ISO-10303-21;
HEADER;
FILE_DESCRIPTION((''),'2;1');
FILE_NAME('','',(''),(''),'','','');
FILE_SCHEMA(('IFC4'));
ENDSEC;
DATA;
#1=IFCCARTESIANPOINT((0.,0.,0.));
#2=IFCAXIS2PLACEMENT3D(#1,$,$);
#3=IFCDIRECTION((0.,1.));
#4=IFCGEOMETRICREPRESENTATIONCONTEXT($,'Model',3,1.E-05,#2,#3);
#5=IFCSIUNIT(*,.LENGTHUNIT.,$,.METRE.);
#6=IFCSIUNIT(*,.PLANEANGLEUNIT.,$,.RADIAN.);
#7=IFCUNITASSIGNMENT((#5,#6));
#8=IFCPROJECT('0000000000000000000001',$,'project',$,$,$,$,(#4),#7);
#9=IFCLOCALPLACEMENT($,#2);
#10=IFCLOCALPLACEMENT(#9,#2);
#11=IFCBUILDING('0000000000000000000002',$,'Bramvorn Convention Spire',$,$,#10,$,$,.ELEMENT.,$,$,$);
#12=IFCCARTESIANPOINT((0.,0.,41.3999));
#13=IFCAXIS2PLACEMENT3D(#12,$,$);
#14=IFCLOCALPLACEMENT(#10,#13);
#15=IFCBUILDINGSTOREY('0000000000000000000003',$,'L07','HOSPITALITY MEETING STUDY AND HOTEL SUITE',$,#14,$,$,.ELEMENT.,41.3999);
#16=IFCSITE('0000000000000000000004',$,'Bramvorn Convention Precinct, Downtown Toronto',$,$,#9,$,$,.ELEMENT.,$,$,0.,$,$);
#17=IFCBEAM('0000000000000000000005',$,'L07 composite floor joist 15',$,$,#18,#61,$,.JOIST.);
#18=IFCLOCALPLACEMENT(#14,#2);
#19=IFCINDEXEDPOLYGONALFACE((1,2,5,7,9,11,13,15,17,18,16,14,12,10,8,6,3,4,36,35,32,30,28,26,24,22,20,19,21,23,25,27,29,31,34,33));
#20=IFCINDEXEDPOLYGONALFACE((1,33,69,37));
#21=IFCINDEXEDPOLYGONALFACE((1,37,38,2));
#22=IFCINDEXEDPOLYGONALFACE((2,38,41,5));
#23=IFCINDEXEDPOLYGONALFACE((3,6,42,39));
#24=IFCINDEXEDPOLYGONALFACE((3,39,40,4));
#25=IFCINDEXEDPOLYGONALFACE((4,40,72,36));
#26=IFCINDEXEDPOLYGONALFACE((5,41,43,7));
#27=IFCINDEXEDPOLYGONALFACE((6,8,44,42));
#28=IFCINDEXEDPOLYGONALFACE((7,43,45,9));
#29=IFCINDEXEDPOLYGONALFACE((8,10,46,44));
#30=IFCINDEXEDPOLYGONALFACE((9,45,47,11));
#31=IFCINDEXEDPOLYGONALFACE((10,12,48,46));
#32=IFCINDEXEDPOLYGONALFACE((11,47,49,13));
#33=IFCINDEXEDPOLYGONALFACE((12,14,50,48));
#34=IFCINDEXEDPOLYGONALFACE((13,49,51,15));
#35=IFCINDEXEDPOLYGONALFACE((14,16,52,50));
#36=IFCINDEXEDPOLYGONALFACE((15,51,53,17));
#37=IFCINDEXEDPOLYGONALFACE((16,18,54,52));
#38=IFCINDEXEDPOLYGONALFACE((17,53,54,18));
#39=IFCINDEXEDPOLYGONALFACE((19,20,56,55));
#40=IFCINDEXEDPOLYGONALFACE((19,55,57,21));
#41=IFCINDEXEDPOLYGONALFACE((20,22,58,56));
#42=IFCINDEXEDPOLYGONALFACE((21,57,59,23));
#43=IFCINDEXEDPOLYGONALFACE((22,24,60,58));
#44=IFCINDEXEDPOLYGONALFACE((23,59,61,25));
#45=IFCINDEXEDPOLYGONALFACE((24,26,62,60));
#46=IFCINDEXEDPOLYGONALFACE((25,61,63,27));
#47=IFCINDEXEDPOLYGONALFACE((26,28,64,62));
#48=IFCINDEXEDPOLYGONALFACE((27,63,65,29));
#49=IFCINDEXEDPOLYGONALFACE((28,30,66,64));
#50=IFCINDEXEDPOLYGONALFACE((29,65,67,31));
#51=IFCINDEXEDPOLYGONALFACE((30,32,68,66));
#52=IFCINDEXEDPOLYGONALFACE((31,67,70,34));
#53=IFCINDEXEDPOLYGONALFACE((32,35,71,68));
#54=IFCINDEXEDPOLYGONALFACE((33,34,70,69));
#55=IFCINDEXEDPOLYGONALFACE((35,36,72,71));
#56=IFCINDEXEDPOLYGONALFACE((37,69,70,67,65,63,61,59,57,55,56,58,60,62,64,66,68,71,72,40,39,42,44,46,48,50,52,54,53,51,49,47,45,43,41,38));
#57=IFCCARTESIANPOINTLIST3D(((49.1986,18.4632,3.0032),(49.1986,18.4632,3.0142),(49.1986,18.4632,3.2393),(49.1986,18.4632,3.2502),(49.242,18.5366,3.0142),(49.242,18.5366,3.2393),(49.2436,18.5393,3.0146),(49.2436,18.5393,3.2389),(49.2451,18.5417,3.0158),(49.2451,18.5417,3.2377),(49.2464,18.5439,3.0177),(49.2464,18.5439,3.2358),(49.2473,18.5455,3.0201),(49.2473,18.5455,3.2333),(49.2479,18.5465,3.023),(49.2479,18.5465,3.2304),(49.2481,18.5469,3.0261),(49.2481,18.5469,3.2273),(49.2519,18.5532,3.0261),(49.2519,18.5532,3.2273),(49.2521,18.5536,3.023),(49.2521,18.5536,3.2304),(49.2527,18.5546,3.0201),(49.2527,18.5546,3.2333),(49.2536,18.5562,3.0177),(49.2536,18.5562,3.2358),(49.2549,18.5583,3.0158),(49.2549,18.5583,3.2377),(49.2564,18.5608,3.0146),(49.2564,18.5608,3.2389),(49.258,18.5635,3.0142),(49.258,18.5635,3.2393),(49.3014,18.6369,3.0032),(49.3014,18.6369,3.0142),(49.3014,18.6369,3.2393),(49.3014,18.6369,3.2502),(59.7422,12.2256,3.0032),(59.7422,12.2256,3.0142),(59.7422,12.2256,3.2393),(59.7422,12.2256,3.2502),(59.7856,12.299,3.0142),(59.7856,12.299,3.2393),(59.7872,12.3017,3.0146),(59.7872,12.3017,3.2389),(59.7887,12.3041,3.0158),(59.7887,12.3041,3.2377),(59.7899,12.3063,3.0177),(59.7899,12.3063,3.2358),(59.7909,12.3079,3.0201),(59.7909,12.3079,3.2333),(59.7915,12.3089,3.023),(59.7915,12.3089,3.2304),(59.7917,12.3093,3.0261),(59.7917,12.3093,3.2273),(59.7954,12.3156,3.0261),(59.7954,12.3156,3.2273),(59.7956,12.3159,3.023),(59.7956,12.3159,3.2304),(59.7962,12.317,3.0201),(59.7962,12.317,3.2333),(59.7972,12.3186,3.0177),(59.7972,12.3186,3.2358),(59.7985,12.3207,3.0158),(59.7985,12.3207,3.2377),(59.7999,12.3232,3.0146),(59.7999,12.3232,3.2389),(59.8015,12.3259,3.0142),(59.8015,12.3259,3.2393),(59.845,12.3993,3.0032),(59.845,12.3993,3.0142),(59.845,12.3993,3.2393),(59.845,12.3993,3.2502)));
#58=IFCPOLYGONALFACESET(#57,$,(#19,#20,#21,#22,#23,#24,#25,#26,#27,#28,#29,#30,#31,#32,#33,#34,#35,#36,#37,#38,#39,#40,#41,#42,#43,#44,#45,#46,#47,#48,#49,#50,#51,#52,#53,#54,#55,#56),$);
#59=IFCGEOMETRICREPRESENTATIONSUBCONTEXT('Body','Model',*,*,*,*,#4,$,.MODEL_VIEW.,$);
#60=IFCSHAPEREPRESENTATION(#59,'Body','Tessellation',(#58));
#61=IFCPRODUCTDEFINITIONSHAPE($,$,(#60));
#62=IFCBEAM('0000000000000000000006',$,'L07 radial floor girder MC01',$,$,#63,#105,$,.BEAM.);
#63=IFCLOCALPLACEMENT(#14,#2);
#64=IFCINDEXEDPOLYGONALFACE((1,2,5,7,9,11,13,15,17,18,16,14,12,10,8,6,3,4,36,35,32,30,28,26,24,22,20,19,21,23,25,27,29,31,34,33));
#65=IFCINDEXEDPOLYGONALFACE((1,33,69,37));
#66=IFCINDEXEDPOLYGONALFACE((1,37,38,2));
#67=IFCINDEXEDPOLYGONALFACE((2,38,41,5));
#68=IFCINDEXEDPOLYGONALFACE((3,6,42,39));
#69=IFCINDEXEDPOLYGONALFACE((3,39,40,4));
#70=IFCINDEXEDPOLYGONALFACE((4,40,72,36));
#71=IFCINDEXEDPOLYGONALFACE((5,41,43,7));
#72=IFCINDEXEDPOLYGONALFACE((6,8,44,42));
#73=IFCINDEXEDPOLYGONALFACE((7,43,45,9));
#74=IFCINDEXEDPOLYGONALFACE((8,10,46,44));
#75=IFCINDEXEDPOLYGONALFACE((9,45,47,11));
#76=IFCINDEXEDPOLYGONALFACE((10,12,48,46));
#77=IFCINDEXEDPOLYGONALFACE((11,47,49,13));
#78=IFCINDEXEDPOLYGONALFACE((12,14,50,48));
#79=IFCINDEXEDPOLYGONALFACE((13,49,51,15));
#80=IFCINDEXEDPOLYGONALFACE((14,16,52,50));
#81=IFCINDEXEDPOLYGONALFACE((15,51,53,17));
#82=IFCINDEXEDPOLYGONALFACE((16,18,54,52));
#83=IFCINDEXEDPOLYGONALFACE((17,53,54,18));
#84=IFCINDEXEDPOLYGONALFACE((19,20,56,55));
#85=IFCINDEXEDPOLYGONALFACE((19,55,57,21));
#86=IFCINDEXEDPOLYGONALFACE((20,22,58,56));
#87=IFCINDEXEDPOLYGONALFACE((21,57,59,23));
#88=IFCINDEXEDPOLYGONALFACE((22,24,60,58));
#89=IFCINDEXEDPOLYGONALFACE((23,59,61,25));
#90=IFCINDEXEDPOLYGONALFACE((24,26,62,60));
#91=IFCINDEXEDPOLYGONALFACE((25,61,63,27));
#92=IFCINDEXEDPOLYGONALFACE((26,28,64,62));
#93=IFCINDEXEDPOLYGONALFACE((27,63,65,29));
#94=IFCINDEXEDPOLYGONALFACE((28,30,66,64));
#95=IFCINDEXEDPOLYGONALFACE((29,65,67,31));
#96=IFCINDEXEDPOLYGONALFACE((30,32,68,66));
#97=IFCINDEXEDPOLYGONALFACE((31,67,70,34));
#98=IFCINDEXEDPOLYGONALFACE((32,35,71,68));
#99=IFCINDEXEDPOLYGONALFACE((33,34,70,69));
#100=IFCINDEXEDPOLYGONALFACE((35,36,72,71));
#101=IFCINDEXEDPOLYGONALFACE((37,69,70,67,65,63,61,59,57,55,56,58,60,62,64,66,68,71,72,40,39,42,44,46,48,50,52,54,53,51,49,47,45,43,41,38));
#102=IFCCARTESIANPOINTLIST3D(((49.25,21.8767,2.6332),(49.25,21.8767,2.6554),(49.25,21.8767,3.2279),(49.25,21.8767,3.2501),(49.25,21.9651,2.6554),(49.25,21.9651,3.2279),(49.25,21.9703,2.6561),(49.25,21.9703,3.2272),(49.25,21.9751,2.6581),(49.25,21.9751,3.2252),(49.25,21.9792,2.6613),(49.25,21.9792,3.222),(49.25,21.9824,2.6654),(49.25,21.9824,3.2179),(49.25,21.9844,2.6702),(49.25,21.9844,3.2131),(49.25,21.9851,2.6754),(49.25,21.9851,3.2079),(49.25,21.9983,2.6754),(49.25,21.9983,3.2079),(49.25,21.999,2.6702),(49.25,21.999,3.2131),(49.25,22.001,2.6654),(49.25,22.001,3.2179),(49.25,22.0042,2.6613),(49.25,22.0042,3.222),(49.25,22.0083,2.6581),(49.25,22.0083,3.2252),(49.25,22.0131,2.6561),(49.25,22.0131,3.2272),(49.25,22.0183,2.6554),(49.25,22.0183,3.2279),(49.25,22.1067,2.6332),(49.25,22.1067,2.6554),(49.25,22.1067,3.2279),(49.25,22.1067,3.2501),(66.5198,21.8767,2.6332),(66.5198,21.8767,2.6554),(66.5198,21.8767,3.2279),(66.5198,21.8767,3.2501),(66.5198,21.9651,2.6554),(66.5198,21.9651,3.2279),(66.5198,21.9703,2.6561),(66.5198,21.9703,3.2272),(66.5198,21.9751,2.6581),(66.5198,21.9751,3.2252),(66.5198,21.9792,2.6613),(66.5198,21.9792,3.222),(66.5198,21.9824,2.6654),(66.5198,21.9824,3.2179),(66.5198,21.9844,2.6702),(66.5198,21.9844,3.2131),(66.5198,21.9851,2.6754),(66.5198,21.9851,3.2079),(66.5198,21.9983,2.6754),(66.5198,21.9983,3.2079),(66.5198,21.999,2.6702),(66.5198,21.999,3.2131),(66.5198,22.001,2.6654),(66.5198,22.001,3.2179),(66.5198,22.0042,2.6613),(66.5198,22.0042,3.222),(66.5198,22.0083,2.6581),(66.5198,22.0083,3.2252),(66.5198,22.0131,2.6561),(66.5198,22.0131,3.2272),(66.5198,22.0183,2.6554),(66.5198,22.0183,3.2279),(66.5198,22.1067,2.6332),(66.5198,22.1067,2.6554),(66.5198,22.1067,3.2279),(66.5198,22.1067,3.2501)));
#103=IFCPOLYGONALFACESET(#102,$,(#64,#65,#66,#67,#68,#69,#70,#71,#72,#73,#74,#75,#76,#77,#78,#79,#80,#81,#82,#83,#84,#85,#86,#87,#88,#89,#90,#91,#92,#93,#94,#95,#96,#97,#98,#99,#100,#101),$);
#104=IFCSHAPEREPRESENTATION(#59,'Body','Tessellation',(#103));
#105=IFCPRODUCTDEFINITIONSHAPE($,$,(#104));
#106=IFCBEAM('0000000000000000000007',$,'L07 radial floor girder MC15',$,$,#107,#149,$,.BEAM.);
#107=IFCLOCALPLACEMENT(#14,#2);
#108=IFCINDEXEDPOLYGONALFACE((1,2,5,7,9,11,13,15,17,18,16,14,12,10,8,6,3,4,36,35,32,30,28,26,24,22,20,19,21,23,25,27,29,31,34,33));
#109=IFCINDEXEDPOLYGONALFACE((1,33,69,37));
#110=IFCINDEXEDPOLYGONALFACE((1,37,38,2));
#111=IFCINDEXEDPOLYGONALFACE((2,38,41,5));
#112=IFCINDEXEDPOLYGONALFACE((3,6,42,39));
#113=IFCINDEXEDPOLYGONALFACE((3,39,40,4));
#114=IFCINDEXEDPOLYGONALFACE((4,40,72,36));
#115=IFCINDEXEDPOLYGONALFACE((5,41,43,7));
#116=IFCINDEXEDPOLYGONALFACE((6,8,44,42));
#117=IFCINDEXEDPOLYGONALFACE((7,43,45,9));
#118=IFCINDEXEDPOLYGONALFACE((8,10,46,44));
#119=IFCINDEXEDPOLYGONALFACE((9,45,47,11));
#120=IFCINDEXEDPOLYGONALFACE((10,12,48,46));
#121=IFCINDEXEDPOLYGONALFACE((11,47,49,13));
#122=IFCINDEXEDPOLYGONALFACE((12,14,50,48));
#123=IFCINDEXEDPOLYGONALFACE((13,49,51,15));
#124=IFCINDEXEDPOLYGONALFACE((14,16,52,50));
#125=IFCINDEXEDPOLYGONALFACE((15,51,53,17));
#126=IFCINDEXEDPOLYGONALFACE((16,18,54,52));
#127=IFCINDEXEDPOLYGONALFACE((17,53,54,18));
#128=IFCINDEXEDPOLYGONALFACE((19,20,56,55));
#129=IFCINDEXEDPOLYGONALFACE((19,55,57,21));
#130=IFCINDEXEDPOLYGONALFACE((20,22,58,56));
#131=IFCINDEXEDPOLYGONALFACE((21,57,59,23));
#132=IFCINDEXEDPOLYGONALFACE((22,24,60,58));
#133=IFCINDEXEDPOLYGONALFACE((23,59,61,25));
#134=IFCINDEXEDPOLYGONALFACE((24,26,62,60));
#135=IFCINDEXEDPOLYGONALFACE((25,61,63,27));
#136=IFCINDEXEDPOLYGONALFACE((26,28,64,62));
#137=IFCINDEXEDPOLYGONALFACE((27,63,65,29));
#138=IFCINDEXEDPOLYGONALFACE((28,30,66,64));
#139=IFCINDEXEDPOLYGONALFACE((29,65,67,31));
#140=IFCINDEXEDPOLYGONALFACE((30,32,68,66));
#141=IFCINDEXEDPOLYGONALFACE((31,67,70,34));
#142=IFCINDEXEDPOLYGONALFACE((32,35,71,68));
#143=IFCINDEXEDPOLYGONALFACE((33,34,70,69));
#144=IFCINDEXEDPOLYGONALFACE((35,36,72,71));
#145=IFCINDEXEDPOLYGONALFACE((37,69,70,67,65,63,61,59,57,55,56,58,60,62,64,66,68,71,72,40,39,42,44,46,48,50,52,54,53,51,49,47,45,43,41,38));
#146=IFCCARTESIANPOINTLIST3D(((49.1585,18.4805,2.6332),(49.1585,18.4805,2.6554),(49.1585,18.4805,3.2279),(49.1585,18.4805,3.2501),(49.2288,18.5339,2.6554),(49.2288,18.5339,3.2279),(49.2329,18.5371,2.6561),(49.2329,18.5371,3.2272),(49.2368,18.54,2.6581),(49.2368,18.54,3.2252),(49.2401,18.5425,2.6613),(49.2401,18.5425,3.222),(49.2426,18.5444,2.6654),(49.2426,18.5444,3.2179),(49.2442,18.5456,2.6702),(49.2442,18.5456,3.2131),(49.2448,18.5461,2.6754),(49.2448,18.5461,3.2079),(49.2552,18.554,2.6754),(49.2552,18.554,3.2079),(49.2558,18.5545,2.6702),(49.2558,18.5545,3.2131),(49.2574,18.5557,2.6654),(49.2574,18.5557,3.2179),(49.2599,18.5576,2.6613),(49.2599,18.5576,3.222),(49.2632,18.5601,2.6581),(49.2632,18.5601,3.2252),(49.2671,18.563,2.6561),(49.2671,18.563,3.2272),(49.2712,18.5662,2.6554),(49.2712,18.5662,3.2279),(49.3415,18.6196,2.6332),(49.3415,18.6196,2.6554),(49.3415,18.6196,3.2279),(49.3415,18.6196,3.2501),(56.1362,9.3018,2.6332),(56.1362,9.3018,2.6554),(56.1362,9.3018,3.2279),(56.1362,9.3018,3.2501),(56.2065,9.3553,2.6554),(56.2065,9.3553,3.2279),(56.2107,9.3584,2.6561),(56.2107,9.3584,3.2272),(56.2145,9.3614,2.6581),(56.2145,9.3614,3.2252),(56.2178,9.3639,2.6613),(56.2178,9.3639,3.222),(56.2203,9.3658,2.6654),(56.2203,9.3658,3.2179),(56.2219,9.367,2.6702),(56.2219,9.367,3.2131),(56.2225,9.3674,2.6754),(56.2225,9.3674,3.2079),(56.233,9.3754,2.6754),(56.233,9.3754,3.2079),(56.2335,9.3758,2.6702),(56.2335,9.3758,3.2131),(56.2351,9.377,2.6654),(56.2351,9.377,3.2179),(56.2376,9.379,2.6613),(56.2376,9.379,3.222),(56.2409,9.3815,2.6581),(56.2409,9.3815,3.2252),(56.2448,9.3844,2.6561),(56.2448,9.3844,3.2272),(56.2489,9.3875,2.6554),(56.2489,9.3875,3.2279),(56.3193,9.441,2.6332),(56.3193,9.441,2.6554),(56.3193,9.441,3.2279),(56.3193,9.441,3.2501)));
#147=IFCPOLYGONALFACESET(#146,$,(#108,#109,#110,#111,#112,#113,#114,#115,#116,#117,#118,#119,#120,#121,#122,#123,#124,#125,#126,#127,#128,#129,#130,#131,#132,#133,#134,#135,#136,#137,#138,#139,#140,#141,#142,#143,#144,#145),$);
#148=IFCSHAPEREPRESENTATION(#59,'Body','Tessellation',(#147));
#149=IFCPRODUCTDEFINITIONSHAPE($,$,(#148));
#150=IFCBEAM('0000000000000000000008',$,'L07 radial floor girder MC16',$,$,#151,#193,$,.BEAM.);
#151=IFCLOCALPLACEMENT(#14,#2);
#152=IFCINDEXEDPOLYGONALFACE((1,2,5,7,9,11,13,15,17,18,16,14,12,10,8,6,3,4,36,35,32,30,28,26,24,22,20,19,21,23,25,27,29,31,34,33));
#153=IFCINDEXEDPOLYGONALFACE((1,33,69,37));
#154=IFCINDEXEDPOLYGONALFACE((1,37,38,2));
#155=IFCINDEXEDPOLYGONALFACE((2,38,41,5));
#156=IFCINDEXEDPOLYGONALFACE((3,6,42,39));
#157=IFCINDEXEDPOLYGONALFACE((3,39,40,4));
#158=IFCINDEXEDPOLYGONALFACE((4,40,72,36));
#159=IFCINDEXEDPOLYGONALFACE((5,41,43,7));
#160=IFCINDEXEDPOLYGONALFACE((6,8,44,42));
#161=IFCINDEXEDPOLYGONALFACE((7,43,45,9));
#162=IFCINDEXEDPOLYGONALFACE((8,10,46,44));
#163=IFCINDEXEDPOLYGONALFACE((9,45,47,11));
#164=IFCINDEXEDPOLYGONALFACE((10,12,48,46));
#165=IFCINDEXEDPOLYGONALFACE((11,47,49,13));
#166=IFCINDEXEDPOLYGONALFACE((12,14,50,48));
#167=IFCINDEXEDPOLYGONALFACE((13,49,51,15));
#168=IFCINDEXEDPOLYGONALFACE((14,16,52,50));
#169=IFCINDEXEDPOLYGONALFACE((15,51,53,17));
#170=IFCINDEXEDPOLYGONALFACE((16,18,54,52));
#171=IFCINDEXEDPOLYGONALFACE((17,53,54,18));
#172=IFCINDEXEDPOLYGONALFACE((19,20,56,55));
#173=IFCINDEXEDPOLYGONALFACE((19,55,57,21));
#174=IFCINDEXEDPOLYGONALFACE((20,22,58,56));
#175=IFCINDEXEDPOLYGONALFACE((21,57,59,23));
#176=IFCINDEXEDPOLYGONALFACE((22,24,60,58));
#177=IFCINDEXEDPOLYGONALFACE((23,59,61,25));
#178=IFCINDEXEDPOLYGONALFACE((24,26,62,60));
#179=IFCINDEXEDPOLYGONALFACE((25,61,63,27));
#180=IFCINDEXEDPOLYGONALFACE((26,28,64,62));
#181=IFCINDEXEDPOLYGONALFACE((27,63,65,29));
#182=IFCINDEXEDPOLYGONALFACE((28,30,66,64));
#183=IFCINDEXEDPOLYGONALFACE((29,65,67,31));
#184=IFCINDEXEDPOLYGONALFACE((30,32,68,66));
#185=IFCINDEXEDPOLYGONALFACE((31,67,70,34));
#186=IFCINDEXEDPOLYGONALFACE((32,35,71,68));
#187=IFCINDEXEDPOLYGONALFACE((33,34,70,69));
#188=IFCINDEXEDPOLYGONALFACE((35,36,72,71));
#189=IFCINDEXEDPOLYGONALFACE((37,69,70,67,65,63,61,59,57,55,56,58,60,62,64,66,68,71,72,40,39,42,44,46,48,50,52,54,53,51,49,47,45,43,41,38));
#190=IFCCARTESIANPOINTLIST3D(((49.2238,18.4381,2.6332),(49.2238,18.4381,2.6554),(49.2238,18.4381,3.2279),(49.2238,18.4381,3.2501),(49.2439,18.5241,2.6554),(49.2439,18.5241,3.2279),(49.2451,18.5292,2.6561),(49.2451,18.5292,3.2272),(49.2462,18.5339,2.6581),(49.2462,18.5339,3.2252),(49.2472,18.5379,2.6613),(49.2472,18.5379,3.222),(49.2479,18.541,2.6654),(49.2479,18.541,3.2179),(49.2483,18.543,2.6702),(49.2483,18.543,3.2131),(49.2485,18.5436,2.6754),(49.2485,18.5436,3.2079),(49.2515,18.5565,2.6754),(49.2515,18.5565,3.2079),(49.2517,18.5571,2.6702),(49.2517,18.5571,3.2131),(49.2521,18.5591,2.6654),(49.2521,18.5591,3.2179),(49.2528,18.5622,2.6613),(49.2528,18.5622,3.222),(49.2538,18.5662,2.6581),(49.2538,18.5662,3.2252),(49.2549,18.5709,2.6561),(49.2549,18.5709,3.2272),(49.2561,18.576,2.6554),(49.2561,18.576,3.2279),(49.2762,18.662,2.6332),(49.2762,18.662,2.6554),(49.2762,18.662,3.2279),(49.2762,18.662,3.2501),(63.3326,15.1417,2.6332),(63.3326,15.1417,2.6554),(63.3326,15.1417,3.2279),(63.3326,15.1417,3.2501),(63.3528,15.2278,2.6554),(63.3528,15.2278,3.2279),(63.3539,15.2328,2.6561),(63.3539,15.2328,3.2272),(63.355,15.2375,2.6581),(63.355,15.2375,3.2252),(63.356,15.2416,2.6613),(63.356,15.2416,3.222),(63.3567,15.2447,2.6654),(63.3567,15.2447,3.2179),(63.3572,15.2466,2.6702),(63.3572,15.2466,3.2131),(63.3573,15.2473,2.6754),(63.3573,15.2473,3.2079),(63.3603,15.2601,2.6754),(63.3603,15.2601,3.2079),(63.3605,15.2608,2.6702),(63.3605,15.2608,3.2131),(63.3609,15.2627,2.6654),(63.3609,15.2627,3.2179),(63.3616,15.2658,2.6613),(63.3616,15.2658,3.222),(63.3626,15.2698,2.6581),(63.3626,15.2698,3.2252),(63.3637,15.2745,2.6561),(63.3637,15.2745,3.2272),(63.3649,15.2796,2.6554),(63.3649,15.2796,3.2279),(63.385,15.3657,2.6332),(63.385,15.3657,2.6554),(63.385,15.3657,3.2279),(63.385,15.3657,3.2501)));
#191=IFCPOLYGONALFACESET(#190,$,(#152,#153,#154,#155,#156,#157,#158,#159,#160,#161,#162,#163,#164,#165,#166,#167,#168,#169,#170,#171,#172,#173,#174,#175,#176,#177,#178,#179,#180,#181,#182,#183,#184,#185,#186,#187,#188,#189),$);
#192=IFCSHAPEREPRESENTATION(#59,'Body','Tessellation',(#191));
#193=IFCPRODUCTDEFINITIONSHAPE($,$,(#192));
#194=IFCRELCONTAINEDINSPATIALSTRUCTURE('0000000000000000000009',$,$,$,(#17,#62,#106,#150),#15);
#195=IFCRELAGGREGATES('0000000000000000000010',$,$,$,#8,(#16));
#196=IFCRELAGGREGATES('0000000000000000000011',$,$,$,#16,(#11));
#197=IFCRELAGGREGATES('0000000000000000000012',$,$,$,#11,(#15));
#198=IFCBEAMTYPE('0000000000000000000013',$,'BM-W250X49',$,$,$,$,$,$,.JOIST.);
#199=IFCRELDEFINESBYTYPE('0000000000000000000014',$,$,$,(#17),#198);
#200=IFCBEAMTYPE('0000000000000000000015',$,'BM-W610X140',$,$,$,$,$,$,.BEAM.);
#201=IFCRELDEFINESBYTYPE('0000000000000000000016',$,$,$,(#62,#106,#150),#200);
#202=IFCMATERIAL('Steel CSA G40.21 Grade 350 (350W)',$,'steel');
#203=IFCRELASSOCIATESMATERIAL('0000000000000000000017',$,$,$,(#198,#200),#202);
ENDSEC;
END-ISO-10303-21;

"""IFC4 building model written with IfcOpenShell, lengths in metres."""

from ifc_helpers import new_model, si_unit, direction, frame, origin, origin_2d, place, context, subcontext, project, spatial, i_section, extrude, material, material_profile, profile_set, type_object, element, save


model = new_model("IFC4")

# Units and contexts
model_context = context("Model", 3, precision=1e-05, world=origin(), true_north=direction((0.0, 1.0)))
body_context = subcontext(model_context, "Body", "Model", "MODEL_VIEW")
ifc_project = project(units=[si_unit("LENGTHUNIT", "METRE"), si_unit("PLANEANGLEUNIT", "RADIAN")], contexts=[model_context])

# Site, building, storey
site_placement = place(None, origin())
site = spatial("IfcSite", under=ifc_project, at=site_placement, Name="Bramvorn Convention Precinct, Downtown Toronto", CompositionType="ELEMENT", RefElevation=0.0)
building_placement = place(site_placement, origin())
building = spatial("IfcBuilding", under=site, at=building_placement, Name="Bramvorn Convention Spire", CompositionType="ELEMENT")
storey_placement = place(building_placement, frame((0.0, 0.0, 41.3999)))
storey = spatial("IfcBuildingStorey", under=building, at=storey_placement, Name="L07", Description="HOSPITALITY MEETING STUDY AND HOTEL SUITE", CompositionType="ELEMENT", Elevation=41.3999)

# Beams
ifc_material_1 = material(Name="Steel CSA G40.21 Grade 350 (350W)", Category="steel")
ifc_material_profile_1 = material_profile(ifc_material_1, i_section(OverallWidth=0.2019, OverallDepth=0.2471, WebThickness=0.0073, FlangeThickness=0.011, FilletRadius=0.012, at=origin_2d()))
ifc_profile_set_1 = profile_set([ifc_material_profile_1], Name="Steel CSA G40.21 Grade 350 (350W) - W250X49")
beam_type_1 = type_object("IfcBeamType", Name="BM-W250X49", PredefinedType="JOIST", material=ifc_profile_set_1)
beam_1_placement = place(storey_placement, frame((49.25, 18.55, 3.1267), z_axis=(0.860665, -0.509172, 0.0), x_axis=(0.509172, 0.860665, 0.0)))
element("IfcBeam", 1, at=beam_1_placement, inside=storey, type_object=beam_type_1, Name="L07 composite floor joist 15", PredefinedType="JOIST", context=body_context, shape_type="SweptSolid", body=[
    extrude(i_section(OverallWidth=0.2019, OverallDepth=0.2471, WebThickness=0.0073, FlangeThickness=0.011, FilletRadius=0.012, at=origin_2d()), origin(), (0.0, 0.0, 1.0), 12.2505),
])
ifc_material_profile_2 = material_profile(ifc_material_1, i_section(OverallWidth=0.23, OverallDepth=0.6169, WebThickness=0.0132, FlangeThickness=0.0222, FilletRadius=0.02, at=origin_2d()))
ifc_profile_set_2 = profile_set([ifc_material_profile_2], Name="Steel CSA G40.21 Grade 350 (350W) - W610X140")
beam_type_2 = type_object("IfcBeamType", Name="BM-W610X140", PredefinedType="BEAM", material=ifc_profile_set_2)
beam_2_placement = place(storey_placement, frame((49.25, 21.9917, 2.9417), z_axis=(1.0, 0.0, 0.0), x_axis=(0.0, 1.0, 0.0)))
element("IfcBeam", 2, at=beam_2_placement, inside=storey, type_object=beam_type_2, Name="L07 radial floor girder MC01", PredefinedType="BEAM", context=body_context, shape_type="SweptSolid", body=[
    extrude(i_section(OverallWidth=0.23, OverallDepth=0.6169, WebThickness=0.0132, FlangeThickness=0.0222, FilletRadius=0.02, at=origin_2d()), origin(), (0.0, 0.0, 1.0), 17.2698),
])
beam_3_placement = place(storey_placement, frame((49.25, 18.55, 2.9417), z_axis=(0.605191, -0.79608, 0.0), x_axis=(0.79608, 0.605191, 0.0)))
element("IfcBeam", 3, at=beam_3_placement, inside=storey, type_object=beam_type_2, Name="L07 radial floor girder MC15", PredefinedType="BEAM", context=body_context, shape_type="SweptSolid", body=[
    extrude(i_section(OverallWidth=0.23, OverallDepth=0.6169, WebThickness=0.0132, FlangeThickness=0.0222, FilletRadius=0.02, at=origin_2d()), origin(), (0.0, 0.0, 1.0), 11.5298),
])
beam_4_placement = place(storey_placement, frame((49.25, 18.55, 2.9417), z_axis=(0.973775, -0.227512, 0.0), x_axis=(0.227512, 0.973775, 0.0)))
element("IfcBeam", 4, at=beam_4_placement, inside=storey, type_object=beam_type_2, Name="L07 radial floor girder MC16", PredefinedType="BEAM", context=body_context, shape_type="SweptSolid", body=[
    extrude(i_section(OverallWidth=0.23, OverallDepth=0.6169, WebThickness=0.0132, FlangeThickness=0.0222, FilletRadius=0.02, at=origin_2d()), origin(), (0.0, 0.0, 1.0), 14.4888),
])

save(model, "model.ifc")
